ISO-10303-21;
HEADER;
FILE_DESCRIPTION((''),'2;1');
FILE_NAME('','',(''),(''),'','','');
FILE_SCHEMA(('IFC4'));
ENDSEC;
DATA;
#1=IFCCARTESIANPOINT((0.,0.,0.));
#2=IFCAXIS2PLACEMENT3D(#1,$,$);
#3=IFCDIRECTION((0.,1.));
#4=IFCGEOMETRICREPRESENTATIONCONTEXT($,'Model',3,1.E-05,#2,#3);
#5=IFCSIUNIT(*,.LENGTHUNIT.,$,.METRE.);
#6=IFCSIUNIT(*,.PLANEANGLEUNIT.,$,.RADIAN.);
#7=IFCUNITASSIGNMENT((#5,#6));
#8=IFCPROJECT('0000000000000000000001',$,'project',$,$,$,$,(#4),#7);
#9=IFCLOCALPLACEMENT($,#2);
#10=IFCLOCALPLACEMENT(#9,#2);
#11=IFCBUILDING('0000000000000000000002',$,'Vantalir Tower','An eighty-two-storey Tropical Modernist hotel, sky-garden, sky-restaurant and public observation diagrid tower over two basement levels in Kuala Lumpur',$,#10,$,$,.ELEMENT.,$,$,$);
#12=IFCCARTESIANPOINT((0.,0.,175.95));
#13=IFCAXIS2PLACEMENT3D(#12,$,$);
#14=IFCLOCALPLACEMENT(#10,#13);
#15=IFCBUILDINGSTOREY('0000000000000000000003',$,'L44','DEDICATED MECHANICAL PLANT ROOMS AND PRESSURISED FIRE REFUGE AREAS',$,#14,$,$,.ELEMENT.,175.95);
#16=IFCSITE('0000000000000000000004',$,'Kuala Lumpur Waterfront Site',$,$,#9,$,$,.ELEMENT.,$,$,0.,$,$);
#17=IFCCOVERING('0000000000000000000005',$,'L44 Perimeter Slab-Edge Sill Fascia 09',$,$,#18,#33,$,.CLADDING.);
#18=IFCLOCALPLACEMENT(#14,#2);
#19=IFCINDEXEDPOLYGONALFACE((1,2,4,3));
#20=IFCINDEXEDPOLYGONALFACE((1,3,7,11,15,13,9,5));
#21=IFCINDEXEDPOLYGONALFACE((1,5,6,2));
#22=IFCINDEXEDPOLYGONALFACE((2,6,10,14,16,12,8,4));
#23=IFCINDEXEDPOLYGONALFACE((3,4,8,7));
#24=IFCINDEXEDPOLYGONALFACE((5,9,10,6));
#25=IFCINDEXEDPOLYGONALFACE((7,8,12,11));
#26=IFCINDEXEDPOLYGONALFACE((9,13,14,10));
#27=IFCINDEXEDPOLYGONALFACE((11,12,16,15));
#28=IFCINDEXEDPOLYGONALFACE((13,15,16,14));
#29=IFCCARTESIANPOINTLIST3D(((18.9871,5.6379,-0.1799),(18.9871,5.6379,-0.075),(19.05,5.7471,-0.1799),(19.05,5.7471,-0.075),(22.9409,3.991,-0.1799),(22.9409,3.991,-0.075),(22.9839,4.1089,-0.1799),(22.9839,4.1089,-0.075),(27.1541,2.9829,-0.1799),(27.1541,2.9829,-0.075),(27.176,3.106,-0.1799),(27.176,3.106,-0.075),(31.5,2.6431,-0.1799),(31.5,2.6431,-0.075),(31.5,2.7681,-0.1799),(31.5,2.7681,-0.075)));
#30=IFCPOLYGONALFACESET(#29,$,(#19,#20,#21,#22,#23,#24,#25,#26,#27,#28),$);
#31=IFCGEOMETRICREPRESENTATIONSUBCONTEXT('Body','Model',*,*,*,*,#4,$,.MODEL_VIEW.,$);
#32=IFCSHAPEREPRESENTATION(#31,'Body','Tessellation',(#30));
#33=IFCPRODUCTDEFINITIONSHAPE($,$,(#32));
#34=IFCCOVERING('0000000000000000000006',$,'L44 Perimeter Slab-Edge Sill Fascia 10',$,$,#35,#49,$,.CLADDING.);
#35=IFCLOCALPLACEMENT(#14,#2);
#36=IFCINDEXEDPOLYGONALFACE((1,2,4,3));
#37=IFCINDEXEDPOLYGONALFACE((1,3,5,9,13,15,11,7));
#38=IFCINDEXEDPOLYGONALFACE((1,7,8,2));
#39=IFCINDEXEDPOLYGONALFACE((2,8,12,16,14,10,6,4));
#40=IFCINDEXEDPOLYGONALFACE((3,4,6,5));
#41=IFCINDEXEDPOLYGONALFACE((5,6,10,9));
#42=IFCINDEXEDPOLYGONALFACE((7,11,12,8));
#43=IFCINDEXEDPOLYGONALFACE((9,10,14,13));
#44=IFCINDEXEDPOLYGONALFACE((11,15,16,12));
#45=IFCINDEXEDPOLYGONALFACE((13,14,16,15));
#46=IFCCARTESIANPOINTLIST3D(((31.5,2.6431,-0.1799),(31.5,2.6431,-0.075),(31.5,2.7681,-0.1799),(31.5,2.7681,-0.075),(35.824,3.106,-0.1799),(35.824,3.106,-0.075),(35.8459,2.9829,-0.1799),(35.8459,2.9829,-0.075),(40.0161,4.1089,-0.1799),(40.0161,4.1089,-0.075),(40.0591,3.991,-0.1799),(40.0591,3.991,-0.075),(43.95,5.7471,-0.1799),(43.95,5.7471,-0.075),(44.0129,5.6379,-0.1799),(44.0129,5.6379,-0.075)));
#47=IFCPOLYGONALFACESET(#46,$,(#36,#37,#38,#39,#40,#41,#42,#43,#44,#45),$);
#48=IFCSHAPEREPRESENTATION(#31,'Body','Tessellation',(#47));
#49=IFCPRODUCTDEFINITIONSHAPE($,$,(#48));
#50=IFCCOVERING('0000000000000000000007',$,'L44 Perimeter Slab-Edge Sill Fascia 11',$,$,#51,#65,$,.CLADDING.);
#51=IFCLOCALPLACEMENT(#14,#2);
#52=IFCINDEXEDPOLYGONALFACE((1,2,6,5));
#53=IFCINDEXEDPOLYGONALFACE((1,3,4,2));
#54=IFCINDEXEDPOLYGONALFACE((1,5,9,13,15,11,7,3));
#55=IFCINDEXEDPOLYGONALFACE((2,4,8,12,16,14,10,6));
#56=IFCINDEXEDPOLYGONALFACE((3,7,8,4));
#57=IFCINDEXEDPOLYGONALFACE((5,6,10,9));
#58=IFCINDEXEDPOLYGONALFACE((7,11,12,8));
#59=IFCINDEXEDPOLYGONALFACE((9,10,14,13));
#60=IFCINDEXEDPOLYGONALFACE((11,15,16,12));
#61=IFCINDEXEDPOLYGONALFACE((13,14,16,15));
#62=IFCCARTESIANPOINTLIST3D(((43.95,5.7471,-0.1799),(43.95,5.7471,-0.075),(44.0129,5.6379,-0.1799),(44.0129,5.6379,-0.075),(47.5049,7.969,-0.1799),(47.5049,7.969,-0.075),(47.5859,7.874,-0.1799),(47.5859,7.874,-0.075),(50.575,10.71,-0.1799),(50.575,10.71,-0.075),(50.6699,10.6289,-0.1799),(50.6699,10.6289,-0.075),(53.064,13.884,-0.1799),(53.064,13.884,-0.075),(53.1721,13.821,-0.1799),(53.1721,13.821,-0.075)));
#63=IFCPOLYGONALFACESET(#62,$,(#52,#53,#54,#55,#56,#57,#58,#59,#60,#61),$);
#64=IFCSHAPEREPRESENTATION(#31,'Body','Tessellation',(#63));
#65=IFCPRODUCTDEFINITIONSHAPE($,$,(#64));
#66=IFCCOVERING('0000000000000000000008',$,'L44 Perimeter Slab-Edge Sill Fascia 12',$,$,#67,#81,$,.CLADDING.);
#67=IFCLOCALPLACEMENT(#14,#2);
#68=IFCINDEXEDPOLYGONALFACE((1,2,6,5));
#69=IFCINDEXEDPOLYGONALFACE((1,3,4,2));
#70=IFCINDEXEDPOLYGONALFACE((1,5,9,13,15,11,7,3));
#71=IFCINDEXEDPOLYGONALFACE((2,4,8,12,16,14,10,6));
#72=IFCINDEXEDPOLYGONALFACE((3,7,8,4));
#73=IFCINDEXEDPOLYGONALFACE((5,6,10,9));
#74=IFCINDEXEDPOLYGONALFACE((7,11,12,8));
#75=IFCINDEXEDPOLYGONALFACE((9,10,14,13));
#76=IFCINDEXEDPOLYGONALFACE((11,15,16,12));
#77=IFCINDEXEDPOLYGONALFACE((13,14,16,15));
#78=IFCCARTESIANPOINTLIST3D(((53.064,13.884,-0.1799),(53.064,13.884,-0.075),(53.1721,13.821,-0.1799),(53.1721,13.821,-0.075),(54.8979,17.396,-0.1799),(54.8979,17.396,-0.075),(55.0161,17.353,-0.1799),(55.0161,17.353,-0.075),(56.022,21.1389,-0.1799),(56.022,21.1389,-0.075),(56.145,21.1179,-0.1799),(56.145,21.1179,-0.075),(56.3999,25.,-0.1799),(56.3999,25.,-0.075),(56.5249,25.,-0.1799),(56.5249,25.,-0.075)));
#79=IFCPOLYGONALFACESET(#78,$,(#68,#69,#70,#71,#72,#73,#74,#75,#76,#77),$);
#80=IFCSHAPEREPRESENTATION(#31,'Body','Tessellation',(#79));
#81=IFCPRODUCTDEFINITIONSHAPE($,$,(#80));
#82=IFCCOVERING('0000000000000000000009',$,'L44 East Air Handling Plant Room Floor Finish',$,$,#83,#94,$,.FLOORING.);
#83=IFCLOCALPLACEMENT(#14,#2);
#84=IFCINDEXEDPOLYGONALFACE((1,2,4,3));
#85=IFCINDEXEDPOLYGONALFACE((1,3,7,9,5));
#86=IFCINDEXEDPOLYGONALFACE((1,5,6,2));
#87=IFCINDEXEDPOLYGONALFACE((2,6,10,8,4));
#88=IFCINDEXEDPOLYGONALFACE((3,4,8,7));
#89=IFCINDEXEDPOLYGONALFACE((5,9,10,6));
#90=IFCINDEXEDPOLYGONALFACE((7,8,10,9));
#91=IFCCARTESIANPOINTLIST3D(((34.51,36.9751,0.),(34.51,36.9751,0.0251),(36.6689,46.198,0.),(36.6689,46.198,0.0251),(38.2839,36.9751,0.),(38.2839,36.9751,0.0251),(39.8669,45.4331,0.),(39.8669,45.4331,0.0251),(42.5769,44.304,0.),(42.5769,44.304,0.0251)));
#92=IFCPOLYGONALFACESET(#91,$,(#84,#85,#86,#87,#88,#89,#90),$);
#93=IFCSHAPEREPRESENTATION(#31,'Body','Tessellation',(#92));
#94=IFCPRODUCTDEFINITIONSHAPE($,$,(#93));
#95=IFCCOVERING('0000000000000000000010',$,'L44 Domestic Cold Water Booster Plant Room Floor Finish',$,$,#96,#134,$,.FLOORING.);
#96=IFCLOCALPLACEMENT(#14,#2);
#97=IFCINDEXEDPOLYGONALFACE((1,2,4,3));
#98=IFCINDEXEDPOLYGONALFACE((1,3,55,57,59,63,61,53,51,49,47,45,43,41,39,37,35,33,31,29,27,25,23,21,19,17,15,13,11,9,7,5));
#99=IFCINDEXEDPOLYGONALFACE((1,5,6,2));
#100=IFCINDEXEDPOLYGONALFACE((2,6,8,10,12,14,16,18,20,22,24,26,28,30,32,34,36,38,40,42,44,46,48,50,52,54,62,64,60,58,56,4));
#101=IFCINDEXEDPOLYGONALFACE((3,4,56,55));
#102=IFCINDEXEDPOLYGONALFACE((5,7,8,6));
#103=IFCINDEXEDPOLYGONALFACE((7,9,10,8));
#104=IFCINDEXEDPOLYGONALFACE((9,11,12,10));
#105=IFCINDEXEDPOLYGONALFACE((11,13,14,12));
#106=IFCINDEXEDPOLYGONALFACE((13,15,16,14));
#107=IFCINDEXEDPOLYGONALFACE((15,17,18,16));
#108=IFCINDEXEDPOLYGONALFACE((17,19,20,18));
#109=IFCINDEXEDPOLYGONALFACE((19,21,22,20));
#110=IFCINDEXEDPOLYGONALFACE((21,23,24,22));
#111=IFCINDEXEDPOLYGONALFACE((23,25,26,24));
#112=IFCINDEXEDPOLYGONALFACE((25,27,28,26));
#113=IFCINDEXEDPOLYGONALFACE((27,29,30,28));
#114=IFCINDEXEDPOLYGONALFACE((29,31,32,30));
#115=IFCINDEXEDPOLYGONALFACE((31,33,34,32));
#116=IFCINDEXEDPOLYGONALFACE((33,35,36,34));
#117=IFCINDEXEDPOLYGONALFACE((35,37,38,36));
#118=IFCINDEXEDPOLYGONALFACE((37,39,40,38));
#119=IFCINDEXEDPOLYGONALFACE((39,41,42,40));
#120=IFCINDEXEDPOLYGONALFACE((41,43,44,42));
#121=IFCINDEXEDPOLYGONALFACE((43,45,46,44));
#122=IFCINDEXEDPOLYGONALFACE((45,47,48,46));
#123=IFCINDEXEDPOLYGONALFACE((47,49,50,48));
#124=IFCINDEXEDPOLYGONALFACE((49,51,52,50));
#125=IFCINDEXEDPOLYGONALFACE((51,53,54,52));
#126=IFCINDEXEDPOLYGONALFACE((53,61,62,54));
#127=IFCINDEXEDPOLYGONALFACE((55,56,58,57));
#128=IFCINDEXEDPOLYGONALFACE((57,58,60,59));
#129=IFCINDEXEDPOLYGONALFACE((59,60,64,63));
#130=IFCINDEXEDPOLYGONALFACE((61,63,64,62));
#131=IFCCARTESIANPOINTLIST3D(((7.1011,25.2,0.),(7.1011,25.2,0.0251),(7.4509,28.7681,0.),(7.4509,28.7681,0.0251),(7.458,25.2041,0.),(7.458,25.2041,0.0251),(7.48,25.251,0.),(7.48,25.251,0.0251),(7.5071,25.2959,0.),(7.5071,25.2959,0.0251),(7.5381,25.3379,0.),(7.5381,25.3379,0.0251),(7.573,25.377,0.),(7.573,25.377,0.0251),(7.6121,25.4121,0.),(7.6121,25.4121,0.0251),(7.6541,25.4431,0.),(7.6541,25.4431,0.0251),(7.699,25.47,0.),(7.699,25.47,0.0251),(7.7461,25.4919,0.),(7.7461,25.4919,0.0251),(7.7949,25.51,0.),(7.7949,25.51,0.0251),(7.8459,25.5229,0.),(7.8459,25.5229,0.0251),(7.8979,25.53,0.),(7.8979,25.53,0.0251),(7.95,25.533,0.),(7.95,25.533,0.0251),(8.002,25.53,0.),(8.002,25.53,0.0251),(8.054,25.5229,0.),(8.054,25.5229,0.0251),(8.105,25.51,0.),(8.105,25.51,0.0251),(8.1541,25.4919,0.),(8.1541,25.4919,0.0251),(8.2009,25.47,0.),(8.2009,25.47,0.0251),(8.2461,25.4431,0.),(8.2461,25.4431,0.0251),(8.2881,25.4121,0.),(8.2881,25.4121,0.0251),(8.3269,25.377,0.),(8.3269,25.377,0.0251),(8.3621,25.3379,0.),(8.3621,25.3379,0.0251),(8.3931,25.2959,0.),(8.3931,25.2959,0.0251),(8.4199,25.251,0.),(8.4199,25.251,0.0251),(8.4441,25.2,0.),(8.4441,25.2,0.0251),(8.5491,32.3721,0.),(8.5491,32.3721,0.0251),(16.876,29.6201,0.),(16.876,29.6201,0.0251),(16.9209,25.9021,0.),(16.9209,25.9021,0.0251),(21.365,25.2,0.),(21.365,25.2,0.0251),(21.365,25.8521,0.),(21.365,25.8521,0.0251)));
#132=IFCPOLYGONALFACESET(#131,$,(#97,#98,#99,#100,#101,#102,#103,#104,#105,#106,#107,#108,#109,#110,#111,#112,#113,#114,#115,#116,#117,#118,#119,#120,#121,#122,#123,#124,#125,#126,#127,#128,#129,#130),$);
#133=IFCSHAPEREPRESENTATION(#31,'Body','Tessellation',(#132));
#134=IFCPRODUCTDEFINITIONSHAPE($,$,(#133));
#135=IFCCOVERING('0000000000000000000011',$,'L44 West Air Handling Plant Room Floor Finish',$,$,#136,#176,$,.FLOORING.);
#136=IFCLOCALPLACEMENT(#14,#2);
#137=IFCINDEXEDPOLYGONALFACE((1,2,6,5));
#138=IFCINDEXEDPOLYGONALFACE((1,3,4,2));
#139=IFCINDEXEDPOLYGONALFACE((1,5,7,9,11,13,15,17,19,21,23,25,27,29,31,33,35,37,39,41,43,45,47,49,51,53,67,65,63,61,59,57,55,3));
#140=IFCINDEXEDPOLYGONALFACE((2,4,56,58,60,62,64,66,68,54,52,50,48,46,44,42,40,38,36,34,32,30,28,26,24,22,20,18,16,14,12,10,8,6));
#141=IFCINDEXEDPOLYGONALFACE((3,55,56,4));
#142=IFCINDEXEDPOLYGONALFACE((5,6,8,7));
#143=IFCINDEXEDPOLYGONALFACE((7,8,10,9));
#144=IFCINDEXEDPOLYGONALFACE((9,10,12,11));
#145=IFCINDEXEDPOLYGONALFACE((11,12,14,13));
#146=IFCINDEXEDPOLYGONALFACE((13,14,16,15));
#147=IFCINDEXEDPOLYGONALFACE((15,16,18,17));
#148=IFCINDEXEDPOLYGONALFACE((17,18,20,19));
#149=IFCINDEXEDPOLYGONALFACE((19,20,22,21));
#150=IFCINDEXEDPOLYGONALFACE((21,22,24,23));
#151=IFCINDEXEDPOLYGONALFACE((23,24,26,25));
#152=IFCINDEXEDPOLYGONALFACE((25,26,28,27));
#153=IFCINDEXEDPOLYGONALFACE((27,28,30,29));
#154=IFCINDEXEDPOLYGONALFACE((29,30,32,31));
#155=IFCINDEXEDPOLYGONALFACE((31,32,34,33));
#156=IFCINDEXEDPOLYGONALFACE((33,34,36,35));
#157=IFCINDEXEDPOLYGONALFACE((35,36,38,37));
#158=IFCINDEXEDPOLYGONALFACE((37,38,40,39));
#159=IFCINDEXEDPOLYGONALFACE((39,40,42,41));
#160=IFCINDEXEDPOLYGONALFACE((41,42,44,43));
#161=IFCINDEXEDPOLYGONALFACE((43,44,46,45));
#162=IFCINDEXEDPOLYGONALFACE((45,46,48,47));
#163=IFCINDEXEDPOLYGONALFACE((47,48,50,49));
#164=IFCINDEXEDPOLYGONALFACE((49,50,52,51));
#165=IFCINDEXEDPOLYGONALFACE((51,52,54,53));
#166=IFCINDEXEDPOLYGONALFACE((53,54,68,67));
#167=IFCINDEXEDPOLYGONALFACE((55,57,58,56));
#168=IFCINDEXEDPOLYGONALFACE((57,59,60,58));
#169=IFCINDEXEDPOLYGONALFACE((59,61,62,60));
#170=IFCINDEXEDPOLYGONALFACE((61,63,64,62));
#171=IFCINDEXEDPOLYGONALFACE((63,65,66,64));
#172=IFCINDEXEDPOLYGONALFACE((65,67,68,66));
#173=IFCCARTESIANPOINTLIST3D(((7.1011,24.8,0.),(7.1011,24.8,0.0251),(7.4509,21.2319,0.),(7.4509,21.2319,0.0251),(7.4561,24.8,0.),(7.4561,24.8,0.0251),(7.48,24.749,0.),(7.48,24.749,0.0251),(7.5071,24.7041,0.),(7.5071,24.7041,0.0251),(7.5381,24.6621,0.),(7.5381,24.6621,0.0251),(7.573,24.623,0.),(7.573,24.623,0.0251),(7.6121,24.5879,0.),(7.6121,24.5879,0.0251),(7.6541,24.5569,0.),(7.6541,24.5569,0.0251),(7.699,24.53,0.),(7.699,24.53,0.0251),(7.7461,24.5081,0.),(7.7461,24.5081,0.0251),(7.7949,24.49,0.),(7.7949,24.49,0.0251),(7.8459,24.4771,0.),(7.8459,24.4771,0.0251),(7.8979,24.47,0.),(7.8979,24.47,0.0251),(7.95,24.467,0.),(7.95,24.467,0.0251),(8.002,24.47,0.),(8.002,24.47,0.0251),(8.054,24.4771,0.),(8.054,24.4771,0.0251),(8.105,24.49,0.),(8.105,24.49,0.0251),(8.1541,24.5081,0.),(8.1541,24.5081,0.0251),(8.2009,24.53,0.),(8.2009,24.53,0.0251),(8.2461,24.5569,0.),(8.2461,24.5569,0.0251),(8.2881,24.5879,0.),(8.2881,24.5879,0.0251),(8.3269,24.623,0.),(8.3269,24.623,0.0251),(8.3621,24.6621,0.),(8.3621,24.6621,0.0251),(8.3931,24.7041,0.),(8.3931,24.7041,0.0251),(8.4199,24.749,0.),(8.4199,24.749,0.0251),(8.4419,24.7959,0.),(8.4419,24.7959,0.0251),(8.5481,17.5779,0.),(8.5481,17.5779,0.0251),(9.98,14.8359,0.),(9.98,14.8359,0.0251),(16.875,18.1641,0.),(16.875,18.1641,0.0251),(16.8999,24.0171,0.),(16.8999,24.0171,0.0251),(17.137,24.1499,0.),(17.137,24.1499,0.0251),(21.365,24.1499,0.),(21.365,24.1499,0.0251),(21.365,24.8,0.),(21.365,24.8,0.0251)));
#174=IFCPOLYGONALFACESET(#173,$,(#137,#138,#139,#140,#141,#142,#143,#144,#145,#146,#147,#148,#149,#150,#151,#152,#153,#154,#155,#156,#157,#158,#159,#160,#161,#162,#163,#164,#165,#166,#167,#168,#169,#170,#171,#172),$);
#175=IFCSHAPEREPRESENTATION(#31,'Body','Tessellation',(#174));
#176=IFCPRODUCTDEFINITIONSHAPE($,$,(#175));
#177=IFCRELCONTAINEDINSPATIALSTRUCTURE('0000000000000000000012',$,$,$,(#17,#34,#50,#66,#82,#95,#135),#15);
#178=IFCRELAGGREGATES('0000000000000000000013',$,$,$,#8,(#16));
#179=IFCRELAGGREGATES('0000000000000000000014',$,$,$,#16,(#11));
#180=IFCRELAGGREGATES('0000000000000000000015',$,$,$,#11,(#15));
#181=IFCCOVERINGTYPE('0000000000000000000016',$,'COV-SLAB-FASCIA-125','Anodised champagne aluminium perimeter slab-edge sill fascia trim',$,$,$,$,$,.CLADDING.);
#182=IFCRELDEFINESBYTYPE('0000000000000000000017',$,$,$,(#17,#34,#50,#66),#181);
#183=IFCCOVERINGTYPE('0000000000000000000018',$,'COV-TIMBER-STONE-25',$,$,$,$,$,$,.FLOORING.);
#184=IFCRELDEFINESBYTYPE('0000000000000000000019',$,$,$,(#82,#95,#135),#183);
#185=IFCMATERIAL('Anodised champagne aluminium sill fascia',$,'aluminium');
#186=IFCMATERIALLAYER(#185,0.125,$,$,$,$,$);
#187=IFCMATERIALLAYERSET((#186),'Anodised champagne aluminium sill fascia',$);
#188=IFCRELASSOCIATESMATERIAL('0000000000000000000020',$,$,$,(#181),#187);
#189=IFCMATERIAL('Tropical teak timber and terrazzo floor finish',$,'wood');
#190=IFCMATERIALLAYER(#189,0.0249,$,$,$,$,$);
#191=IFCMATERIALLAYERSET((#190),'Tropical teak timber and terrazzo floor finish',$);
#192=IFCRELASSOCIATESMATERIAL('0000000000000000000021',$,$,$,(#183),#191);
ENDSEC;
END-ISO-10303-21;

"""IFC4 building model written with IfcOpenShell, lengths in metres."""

from ifc_helpers import new_model, si_unit, direction, frame, origin, place, context, subcontext, project, spatial, polyline, outline, extrude, material, layer, layer_set, type_object, element, save


model = new_model("IFC4")

# Units and contexts
model_context = context("Model", 3, precision=1e-05, world=origin(), true_north=direction((0.0, 1.0)))
body_context = subcontext(model_context, "Body", "Model", "MODEL_VIEW")
ifc_project = project(units=[si_unit("LENGTHUNIT", "METRE"), si_unit("PLANEANGLEUNIT", "RADIAN")], contexts=[model_context])

# Site, building, storey
site_placement = place(None, origin())
site = spatial("IfcSite", under=ifc_project, at=site_placement, Name="Kuala Lumpur Waterfront Site", CompositionType="ELEMENT", RefElevation=0.0)
building_placement = place(site_placement, origin())
building = spatial("IfcBuilding", under=site, at=building_placement, Name="Vantalir Tower", Description="An eighty-two-storey Tropical Modernist hotel, sky-garden, sky-restaurant and public observation diagrid tower over two basement levels in Kuala Lumpur", CompositionType="ELEMENT")
storey_placement = place(building_placement, frame((0.0, 0.0, 175.95)))
storey = spatial("IfcBuildingStorey", under=building, at=storey_placement, Name="L44", Description="DEDICATED MECHANICAL PLANT ROOMS AND PRESSURISED FIRE REFUGE AREAS", CompositionType="ELEMENT", Elevation=175.95)

# Coverings
ifc_material_1 = material(Name="Anodised champagne aluminium sill fascia", Category="aluminium")
ifc_layer_1 = layer(ifc_material_1, 0.125)
ifc_layer_set_1 = layer_set([ifc_layer_1], Name="Anodised champagne aluminium sill fascia")
covering_type_1 = type_object("IfcCoveringType", Name="COV-SLAB-FASCIA-125", Description="Anodised champagne aluminium perimeter slab-edge sill fascia trim", PredefinedType="CLADDING", material=ifc_layer_set_1)
covering_1_placement = place(storey_placement, frame((0.0, 0.0, -0.1799)))
element("IfcCovering", 1, at=covering_1_placement, inside=storey, type_object=covering_type_1, Name="L44 Perimeter Slab-Edge Sill Fascia 09", PredefinedType="CLADDING", context=body_context, shape_type="SweptSolid", body=[
    extrude(outline(polyline([(18.9871, 5.6379), (22.9409, 3.991), (27.1541, 2.9829), (31.5, 2.6431), (31.5, 2.7681), (27.176, 3.106), (22.9839, 4.1089), (19.05, 5.7471), (18.9871, 5.6379)])), origin(), (0.0, 0.0, 1.0), 0.105),
])
covering_2_placement = place(storey_placement, frame((0.0, 0.0, -0.1799)))
element("IfcCovering", 2, at=covering_2_placement, inside=storey, type_object=covering_type_1, Name="L44 Perimeter Slab-Edge Sill Fascia 10", PredefinedType="CLADDING", context=body_context, shape_type="SweptSolid", body=[
    extrude(outline(polyline([(31.5, 2.6431), (35.8459, 2.9829), (40.0591, 3.991), (44.0129, 5.6379), (43.95, 5.7471), (40.0161, 4.1089), (35.824, 3.106), (31.5, 2.7681), (31.5, 2.6431)])), origin(), (0.0, 0.0, 1.0), 0.105),
])
covering_3_placement = place(storey_placement, frame((0.0, 0.0, -0.1799)))
element("IfcCovering", 3, at=covering_3_placement, inside=storey, type_object=covering_type_1, Name="L44 Perimeter Slab-Edge Sill Fascia 11", PredefinedType="CLADDING", context=body_context, shape_type="SweptSolid", body=[
    extrude(outline(polyline([(44.0129, 5.6379), (47.5859, 7.874), (50.6699, 10.6289), (53.1721, 13.821), (53.064, 13.884), (50.575, 10.71), (47.5049, 7.969), (43.95, 5.7471), (44.0129, 5.6379)])), origin(), (0.0, 0.0, 1.0), 0.105),
])
covering_4_placement = place(storey_placement, frame((0.0, 0.0, -0.1799)))
element("IfcCovering", 4, at=covering_4_placement, inside=storey, type_object=covering_type_1, Name="L44 Perimeter Slab-Edge Sill Fascia 12", PredefinedType="CLADDING", context=body_context, shape_type="SweptSolid", body=[
    extrude(outline(polyline([(53.1721, 13.821), (55.0161, 17.353), (56.145, 21.1179), (56.5249, 25.0), (56.3999, 25.0), (56.022, 21.1389), (54.8979, 17.396), (53.064, 13.884), (53.1721, 13.821)])), origin(), (0.0, 0.0, 1.0), 0.105),
])
ifc_material_2 = material(Name="Tropical teak timber and terrazzo floor finish", Category="wood")
ifc_layer_2 = layer(ifc_material_2, 0.0249)
ifc_layer_set_2 = layer_set([ifc_layer_2], Name="Tropical teak timber and terrazzo floor finish")
covering_type_2 = type_object("IfcCoveringType", Name="COV-TIMBER-STONE-25", PredefinedType="FLOORING", material=ifc_layer_set_2)
covering_5_placement = place(storey_placement, origin())
element("IfcCovering", 5, at=covering_5_placement, inside=storey, type_object=covering_type_2, Name="L44 East Air Handling Plant Room Floor Finish", PredefinedType="FLOORING", context=body_context, shape_type="SweptSolid", body=[
    extrude(outline(polyline([(36.6689, 46.198), (34.51, 36.9751), (38.2839, 36.9751), (42.5769, 44.304), (39.8669, 45.4331), (36.6689, 46.198)])), origin(), (0.0, 0.0, 1.0), 0.0251),
])
covering_6_placement = place(storey_placement, origin())
element("IfcCovering", 6, at=covering_6_placement, inside=storey, type_object=covering_type_2, Name="L44 Domestic Cold Water Booster Plant Room Floor Finish", PredefinedType="FLOORING", context=body_context, shape_type="SweptSolid", body=[
    extrude(outline(polyline([(7.1011, 25.2), (7.458, 25.2041), (7.48, 25.251), (7.5071, 25.2959), (7.5381, 25.3379), (7.573, 25.377), (7.6121, 25.4121), (7.6541, 25.4431), (7.699, 25.47), (7.7461, 25.4919), (7.7949, 25.51), (7.8459, 25.5229), (7.8979, 25.53), (7.95, 25.533), (8.002, 25.53), (8.054, 25.5229), (8.105, 25.51), (8.1541, 25.4919), (8.2009, 25.47), (8.2461, 25.4431), (8.2881, 25.4121), (8.3269, 25.377), (8.3621, 25.3379), (8.3931, 25.2959), (8.4199, 25.251), (8.4441, 25.2), (21.365, 25.2), (21.365, 25.8521), (16.9209, 25.9021), (16.876, 29.6201), (8.5491, 32.3721), (7.4509, 28.7681), (7.1011, 25.2)])), origin(), (0.0, 0.0, 1.0), 0.0251),
])
covering_7_placement = place(storey_placement, origin())
element("IfcCovering", 7, at=covering_7_placement, inside=storey, type_object=covering_type_2, Name="L44 West Air Handling Plant Room Floor Finish", PredefinedType="FLOORING", context=body_context, shape_type="SweptSolid", body=[
    extrude(outline(polyline([(9.98, 14.8359), (16.875, 18.1641), (16.8999, 24.0171), (17.137, 24.1499), (21.365, 24.1499), (21.365, 24.8), (8.4419, 24.7959), (8.4199, 24.749), (8.3931, 24.7041), (8.3621, 24.6621), (8.3269, 24.623), (8.2881, 24.5879), (8.2461, 24.5569), (8.2009, 24.53), (8.1541, 24.5081), (8.105, 24.49), (8.054, 24.4771), (8.002, 24.47), (7.95, 24.467), (7.8979, 24.47), (7.8459, 24.4771), (7.7949, 24.49), (7.7461, 24.5081), (7.699, 24.53), (7.6541, 24.5569), (7.6121, 24.5879), (7.573, 24.623), (7.5381, 24.6621), (7.5071, 24.7041), (7.48, 24.749), (7.4561, 24.8), (7.1011, 24.8), (7.4509, 21.2319), (8.5481, 17.5779), (9.98, 14.8359)])), origin(), (0.0, 0.0, 1.0), 0.0251),
])

save(model, "model.ifc")
